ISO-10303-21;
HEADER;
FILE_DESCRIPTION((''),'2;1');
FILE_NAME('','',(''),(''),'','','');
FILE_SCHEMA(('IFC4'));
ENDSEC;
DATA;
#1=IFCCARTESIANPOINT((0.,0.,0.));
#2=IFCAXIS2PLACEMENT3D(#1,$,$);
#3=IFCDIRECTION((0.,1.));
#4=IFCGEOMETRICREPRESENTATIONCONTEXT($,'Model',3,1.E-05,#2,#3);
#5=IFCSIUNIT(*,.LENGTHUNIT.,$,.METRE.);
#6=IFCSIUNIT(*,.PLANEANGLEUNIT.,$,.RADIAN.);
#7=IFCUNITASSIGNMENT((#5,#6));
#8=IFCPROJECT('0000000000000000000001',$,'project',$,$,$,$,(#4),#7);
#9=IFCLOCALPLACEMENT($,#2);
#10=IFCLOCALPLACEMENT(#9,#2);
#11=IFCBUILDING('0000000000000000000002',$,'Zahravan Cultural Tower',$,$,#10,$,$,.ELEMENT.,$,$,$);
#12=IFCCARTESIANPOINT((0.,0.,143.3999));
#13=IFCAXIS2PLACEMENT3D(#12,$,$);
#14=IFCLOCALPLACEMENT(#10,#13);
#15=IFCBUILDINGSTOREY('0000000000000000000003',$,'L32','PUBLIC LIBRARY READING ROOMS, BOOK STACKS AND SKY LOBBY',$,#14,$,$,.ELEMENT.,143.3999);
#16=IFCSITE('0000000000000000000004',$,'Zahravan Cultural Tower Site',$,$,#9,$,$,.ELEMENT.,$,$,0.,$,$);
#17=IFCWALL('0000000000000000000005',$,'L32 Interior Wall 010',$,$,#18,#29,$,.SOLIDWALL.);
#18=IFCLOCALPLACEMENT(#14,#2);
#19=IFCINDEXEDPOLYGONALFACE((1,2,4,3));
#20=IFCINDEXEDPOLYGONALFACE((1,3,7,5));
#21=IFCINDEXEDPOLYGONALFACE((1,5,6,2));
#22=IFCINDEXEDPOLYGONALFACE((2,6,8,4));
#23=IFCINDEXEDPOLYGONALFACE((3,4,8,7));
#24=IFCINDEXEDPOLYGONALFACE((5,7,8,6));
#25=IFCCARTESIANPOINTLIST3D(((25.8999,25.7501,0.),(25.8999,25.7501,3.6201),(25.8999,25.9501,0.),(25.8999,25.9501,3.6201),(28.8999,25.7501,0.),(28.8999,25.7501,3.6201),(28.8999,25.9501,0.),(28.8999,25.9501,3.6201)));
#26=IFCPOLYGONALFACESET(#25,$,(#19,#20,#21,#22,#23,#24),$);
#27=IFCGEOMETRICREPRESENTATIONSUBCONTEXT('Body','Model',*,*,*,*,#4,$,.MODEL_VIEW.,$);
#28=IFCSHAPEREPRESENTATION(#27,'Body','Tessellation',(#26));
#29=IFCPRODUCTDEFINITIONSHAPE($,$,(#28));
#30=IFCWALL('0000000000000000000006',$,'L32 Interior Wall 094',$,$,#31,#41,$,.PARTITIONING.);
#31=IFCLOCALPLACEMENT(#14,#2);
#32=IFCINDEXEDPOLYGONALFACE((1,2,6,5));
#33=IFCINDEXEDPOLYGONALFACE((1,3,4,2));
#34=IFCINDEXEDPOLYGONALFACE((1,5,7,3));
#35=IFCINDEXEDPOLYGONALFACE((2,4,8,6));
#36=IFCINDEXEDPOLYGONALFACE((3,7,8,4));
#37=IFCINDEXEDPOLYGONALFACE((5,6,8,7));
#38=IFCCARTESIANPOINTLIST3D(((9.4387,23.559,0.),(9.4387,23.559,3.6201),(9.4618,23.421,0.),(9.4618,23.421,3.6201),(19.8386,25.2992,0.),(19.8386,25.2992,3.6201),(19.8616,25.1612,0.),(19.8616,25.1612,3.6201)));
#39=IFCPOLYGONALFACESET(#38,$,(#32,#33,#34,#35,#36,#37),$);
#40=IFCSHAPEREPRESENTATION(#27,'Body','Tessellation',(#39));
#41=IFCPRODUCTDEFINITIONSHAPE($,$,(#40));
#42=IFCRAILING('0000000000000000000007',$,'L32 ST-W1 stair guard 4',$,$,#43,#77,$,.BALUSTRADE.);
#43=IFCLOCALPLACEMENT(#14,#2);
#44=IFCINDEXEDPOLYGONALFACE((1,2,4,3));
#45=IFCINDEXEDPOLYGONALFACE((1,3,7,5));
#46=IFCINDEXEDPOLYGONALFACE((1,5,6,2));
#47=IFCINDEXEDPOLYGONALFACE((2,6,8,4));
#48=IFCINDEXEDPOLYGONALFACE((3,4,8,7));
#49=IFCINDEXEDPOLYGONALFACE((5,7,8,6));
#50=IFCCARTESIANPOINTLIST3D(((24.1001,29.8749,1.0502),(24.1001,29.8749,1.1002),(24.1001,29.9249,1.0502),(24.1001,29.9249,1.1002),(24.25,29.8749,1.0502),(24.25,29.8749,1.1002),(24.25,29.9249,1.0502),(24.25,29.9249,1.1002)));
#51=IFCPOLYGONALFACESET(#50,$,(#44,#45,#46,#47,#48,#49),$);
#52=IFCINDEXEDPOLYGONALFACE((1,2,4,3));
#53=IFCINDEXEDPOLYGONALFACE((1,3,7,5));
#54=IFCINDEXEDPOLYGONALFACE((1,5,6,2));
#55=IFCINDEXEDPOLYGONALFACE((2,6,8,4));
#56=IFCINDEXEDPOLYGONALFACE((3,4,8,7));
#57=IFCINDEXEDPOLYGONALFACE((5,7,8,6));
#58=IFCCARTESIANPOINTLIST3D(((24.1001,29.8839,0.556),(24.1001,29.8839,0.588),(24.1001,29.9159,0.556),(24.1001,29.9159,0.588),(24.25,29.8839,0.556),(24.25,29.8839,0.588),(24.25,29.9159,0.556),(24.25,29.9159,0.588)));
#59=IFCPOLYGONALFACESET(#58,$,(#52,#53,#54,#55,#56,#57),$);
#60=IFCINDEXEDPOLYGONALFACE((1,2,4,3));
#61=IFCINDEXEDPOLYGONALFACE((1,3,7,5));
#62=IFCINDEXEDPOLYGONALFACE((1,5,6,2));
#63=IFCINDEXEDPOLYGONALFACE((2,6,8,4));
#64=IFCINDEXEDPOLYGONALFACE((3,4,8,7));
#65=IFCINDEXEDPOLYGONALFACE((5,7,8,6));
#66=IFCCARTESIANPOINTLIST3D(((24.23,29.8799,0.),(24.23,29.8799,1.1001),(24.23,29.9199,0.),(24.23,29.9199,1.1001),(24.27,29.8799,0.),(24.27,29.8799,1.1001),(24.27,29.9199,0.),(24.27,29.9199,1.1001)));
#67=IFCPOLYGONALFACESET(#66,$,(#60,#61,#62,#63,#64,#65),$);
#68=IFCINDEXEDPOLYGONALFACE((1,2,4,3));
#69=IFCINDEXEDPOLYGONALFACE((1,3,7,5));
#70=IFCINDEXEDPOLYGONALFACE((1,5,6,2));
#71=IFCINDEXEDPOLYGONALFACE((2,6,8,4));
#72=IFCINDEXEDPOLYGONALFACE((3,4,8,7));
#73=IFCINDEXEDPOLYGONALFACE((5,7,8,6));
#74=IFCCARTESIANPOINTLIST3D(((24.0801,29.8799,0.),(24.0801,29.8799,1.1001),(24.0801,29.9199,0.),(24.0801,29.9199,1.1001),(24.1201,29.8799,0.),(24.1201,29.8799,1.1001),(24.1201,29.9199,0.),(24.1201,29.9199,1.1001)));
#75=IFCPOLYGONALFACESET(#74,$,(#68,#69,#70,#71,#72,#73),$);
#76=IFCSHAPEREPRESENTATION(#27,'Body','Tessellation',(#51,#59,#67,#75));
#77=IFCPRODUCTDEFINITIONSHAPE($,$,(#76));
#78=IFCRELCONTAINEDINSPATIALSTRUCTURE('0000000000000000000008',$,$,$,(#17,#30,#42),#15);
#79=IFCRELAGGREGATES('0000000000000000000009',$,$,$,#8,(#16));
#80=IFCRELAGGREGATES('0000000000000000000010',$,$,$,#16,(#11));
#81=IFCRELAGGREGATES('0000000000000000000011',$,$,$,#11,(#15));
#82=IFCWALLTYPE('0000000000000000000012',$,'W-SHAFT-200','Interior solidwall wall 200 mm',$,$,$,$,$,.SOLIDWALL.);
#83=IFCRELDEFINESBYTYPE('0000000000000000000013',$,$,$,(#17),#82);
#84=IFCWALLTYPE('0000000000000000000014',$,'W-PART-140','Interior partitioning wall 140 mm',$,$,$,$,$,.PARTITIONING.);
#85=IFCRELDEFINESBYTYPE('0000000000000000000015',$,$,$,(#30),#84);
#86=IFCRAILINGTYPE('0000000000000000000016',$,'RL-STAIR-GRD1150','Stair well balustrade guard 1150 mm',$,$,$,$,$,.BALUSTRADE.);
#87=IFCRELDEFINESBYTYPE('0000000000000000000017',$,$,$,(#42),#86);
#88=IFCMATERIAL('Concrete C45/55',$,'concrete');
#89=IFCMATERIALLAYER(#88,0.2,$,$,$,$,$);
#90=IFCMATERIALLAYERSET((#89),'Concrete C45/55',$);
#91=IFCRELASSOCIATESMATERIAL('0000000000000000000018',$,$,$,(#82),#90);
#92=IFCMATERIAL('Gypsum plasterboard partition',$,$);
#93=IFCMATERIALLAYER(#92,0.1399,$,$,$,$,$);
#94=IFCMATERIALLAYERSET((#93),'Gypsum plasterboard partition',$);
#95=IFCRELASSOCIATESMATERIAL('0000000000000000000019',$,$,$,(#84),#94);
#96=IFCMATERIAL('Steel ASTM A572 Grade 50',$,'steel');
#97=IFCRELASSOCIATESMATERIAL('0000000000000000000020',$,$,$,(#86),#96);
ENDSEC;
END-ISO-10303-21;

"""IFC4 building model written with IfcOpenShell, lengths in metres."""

from ifc_helpers import new_model, si_unit, direction, frame, frame_2d, origin, origin_2d, place, context, subcontext, project, spatial, rectangle, extrude, source, transform, mapped, material, layer, layer_set, type_object, element, save


model = new_model("IFC4")

# Units and contexts
model_context = context("Model", 3, precision=1e-05, world=origin(), true_north=direction((0.0, 1.0)))
body_context = subcontext(model_context, "Body", "Model", "MODEL_VIEW")
ifc_project = project(units=[si_unit("LENGTHUNIT", "METRE"), si_unit("PLANEANGLEUNIT", "RADIAN")], contexts=[model_context])

# Site, building, storey
site_placement = place(None, origin())
site = spatial("IfcSite", under=ifc_project, at=site_placement, Name="Zahravan Cultural Tower Site", CompositionType="ELEMENT", RefElevation=0.0)
building_placement = place(site_placement, origin())
building = spatial("IfcBuilding", under=site, at=building_placement, Name="Zahravan Cultural Tower", CompositionType="ELEMENT")
storey_placement = place(building_placement, frame((0.0, 0.0, 143.3999)))
storey = spatial("IfcBuildingStorey", under=building, at=storey_placement, Name="L32", Description="PUBLIC LIBRARY READING ROOMS, BOOK STACKS AND SKY LOBBY", CompositionType="ELEMENT", Elevation=143.3999)

# Shared definitions
ifc_material_1 = material(Name="Concrete C45/55", Category="concrete")
ifc_layer_1 = layer(ifc_material_1, 0.2)
ifc_layer_set_1 = layer_set([ifc_layer_1], Name="Concrete C45/55")
wall_type_1 = type_object("IfcWallType", Name="W-SHAFT-200", Description="Interior solidwall wall 200 mm", PredefinedType="SOLIDWALL", material=ifc_layer_set_1)
ifc_material_2 = material(Name="Steel ASTM A572 Grade 50", Category="steel")

# Walls
shared_shape_1 = source(origin(), body_context, "Body", "SweptSolid", [
    extrude(rectangle(XDim=3.0, YDim=0.2, at=frame_2d((1.5, 0.0))), origin(), (0.0, 0.0, 1.0), 3.6201),
])
wall_1_placement = place(storey_placement, frame((25.8999, 25.8501, 0.0), z_axis=(0.0, 0.0, 1.0), x_axis=(1.0, 0.0, 0.0)))
element("IfcWall", 1, at=wall_1_placement, inside=storey, type_object=wall_type_1, Name="L32 Interior Wall 010", PredefinedType="SOLIDWALL", context=body_context, shape_type="MappedRepresentation", body=[
    mapped(shared_shape_1, transform((0.0, 0.0, 0.0), x_axis=(1.0, 0.0, 0.0), y_axis=(0.0, 1.0, 0.0), z_axis=(0.0, 0.0, 1.0), scale=1.0)),
])
ifc_material_3 = material(Name="Gypsum plasterboard partition")
ifc_layer_2 = layer(ifc_material_3, 0.1399)
ifc_layer_set_2 = layer_set([ifc_layer_2], Name="Gypsum plasterboard partition")
wall_type_2 = type_object("IfcWallType", Name="W-PART-140", Description="Interior partitioning wall 140 mm", PredefinedType="PARTITIONING", material=ifc_layer_set_2)
shared_shape_2 = source(origin(), body_context, "Body", "SweptSolid", [
    extrude(rectangle(XDim=10.5444, YDim=0.1399, at=frame_2d((5.2722, 0.0))), origin(), (0.0, 0.0, 1.0), 3.6201),
])
wall_2_placement = place(storey_placement, frame((19.8501, 25.2302, 0.0), z_axis=(0.0, 0.0, 1.0), x_axis=(-0.986287, -0.165037, 0.0)))
element("IfcWall", 2, at=wall_2_placement, inside=storey, type_object=wall_type_2, Name="L32 Interior Wall 094", PredefinedType="PARTITIONING", context=body_context, shape_type="MappedRepresentation", body=[
    mapped(shared_shape_2, transform((0.0, 0.0, 0.0), x_axis=(1.0, 0.0, 0.0), y_axis=(0.0, 1.0, 0.0), z_axis=(0.0, 0.0, 1.0), scale=1.0)),
])

# Railing
railing_type = type_object("IfcRailingType", Name="RL-STAIR-GRD1150", Description="Stair well balustrade guard 1150 mm", PredefinedType="BALUSTRADE", material=ifc_material_2)
railing_placement = place(storey_placement, frame((24.25, 29.8999, 0.0)))
element("IfcRailing", 3, at=railing_placement, inside=storey, type_object=railing_type, Name="L32 ST-W1 stair guard 4", PredefinedType="BALUSTRADE", context=body_context, shape_type="SweptSolid", body=[
    extrude(rectangle(XDim=0.05, YDim=0.05, at=origin_2d()), frame((0.0, 0.0, 1.0752), z_axis=(-1.0, 0.0, 0.0), x_axis=(0.0, -1.0, 0.0)), (0.0, 0.0, 1.0), 0.1499),
    extrude(rectangle(XDim=0.032, YDim=0.032, at=origin_2d()), frame((0.0, 0.0, 0.572), z_axis=(-1.0, 0.0, 0.0), x_axis=(0.0, -1.0, 0.0)), (0.0, 0.0, 1.0), 0.1499),
    extrude(rectangle(XDim=0.04, YDim=0.04, at=origin_2d()), origin(), (0.0, 0.0, 1.0), 1.1001),
    extrude(rectangle(XDim=0.04, YDim=0.04, at=origin_2d()), frame((-0.1499, 0.0, 0.0)), (0.0, 0.0, 1.0), 1.1001),
])

save(model, "model.ifc")
